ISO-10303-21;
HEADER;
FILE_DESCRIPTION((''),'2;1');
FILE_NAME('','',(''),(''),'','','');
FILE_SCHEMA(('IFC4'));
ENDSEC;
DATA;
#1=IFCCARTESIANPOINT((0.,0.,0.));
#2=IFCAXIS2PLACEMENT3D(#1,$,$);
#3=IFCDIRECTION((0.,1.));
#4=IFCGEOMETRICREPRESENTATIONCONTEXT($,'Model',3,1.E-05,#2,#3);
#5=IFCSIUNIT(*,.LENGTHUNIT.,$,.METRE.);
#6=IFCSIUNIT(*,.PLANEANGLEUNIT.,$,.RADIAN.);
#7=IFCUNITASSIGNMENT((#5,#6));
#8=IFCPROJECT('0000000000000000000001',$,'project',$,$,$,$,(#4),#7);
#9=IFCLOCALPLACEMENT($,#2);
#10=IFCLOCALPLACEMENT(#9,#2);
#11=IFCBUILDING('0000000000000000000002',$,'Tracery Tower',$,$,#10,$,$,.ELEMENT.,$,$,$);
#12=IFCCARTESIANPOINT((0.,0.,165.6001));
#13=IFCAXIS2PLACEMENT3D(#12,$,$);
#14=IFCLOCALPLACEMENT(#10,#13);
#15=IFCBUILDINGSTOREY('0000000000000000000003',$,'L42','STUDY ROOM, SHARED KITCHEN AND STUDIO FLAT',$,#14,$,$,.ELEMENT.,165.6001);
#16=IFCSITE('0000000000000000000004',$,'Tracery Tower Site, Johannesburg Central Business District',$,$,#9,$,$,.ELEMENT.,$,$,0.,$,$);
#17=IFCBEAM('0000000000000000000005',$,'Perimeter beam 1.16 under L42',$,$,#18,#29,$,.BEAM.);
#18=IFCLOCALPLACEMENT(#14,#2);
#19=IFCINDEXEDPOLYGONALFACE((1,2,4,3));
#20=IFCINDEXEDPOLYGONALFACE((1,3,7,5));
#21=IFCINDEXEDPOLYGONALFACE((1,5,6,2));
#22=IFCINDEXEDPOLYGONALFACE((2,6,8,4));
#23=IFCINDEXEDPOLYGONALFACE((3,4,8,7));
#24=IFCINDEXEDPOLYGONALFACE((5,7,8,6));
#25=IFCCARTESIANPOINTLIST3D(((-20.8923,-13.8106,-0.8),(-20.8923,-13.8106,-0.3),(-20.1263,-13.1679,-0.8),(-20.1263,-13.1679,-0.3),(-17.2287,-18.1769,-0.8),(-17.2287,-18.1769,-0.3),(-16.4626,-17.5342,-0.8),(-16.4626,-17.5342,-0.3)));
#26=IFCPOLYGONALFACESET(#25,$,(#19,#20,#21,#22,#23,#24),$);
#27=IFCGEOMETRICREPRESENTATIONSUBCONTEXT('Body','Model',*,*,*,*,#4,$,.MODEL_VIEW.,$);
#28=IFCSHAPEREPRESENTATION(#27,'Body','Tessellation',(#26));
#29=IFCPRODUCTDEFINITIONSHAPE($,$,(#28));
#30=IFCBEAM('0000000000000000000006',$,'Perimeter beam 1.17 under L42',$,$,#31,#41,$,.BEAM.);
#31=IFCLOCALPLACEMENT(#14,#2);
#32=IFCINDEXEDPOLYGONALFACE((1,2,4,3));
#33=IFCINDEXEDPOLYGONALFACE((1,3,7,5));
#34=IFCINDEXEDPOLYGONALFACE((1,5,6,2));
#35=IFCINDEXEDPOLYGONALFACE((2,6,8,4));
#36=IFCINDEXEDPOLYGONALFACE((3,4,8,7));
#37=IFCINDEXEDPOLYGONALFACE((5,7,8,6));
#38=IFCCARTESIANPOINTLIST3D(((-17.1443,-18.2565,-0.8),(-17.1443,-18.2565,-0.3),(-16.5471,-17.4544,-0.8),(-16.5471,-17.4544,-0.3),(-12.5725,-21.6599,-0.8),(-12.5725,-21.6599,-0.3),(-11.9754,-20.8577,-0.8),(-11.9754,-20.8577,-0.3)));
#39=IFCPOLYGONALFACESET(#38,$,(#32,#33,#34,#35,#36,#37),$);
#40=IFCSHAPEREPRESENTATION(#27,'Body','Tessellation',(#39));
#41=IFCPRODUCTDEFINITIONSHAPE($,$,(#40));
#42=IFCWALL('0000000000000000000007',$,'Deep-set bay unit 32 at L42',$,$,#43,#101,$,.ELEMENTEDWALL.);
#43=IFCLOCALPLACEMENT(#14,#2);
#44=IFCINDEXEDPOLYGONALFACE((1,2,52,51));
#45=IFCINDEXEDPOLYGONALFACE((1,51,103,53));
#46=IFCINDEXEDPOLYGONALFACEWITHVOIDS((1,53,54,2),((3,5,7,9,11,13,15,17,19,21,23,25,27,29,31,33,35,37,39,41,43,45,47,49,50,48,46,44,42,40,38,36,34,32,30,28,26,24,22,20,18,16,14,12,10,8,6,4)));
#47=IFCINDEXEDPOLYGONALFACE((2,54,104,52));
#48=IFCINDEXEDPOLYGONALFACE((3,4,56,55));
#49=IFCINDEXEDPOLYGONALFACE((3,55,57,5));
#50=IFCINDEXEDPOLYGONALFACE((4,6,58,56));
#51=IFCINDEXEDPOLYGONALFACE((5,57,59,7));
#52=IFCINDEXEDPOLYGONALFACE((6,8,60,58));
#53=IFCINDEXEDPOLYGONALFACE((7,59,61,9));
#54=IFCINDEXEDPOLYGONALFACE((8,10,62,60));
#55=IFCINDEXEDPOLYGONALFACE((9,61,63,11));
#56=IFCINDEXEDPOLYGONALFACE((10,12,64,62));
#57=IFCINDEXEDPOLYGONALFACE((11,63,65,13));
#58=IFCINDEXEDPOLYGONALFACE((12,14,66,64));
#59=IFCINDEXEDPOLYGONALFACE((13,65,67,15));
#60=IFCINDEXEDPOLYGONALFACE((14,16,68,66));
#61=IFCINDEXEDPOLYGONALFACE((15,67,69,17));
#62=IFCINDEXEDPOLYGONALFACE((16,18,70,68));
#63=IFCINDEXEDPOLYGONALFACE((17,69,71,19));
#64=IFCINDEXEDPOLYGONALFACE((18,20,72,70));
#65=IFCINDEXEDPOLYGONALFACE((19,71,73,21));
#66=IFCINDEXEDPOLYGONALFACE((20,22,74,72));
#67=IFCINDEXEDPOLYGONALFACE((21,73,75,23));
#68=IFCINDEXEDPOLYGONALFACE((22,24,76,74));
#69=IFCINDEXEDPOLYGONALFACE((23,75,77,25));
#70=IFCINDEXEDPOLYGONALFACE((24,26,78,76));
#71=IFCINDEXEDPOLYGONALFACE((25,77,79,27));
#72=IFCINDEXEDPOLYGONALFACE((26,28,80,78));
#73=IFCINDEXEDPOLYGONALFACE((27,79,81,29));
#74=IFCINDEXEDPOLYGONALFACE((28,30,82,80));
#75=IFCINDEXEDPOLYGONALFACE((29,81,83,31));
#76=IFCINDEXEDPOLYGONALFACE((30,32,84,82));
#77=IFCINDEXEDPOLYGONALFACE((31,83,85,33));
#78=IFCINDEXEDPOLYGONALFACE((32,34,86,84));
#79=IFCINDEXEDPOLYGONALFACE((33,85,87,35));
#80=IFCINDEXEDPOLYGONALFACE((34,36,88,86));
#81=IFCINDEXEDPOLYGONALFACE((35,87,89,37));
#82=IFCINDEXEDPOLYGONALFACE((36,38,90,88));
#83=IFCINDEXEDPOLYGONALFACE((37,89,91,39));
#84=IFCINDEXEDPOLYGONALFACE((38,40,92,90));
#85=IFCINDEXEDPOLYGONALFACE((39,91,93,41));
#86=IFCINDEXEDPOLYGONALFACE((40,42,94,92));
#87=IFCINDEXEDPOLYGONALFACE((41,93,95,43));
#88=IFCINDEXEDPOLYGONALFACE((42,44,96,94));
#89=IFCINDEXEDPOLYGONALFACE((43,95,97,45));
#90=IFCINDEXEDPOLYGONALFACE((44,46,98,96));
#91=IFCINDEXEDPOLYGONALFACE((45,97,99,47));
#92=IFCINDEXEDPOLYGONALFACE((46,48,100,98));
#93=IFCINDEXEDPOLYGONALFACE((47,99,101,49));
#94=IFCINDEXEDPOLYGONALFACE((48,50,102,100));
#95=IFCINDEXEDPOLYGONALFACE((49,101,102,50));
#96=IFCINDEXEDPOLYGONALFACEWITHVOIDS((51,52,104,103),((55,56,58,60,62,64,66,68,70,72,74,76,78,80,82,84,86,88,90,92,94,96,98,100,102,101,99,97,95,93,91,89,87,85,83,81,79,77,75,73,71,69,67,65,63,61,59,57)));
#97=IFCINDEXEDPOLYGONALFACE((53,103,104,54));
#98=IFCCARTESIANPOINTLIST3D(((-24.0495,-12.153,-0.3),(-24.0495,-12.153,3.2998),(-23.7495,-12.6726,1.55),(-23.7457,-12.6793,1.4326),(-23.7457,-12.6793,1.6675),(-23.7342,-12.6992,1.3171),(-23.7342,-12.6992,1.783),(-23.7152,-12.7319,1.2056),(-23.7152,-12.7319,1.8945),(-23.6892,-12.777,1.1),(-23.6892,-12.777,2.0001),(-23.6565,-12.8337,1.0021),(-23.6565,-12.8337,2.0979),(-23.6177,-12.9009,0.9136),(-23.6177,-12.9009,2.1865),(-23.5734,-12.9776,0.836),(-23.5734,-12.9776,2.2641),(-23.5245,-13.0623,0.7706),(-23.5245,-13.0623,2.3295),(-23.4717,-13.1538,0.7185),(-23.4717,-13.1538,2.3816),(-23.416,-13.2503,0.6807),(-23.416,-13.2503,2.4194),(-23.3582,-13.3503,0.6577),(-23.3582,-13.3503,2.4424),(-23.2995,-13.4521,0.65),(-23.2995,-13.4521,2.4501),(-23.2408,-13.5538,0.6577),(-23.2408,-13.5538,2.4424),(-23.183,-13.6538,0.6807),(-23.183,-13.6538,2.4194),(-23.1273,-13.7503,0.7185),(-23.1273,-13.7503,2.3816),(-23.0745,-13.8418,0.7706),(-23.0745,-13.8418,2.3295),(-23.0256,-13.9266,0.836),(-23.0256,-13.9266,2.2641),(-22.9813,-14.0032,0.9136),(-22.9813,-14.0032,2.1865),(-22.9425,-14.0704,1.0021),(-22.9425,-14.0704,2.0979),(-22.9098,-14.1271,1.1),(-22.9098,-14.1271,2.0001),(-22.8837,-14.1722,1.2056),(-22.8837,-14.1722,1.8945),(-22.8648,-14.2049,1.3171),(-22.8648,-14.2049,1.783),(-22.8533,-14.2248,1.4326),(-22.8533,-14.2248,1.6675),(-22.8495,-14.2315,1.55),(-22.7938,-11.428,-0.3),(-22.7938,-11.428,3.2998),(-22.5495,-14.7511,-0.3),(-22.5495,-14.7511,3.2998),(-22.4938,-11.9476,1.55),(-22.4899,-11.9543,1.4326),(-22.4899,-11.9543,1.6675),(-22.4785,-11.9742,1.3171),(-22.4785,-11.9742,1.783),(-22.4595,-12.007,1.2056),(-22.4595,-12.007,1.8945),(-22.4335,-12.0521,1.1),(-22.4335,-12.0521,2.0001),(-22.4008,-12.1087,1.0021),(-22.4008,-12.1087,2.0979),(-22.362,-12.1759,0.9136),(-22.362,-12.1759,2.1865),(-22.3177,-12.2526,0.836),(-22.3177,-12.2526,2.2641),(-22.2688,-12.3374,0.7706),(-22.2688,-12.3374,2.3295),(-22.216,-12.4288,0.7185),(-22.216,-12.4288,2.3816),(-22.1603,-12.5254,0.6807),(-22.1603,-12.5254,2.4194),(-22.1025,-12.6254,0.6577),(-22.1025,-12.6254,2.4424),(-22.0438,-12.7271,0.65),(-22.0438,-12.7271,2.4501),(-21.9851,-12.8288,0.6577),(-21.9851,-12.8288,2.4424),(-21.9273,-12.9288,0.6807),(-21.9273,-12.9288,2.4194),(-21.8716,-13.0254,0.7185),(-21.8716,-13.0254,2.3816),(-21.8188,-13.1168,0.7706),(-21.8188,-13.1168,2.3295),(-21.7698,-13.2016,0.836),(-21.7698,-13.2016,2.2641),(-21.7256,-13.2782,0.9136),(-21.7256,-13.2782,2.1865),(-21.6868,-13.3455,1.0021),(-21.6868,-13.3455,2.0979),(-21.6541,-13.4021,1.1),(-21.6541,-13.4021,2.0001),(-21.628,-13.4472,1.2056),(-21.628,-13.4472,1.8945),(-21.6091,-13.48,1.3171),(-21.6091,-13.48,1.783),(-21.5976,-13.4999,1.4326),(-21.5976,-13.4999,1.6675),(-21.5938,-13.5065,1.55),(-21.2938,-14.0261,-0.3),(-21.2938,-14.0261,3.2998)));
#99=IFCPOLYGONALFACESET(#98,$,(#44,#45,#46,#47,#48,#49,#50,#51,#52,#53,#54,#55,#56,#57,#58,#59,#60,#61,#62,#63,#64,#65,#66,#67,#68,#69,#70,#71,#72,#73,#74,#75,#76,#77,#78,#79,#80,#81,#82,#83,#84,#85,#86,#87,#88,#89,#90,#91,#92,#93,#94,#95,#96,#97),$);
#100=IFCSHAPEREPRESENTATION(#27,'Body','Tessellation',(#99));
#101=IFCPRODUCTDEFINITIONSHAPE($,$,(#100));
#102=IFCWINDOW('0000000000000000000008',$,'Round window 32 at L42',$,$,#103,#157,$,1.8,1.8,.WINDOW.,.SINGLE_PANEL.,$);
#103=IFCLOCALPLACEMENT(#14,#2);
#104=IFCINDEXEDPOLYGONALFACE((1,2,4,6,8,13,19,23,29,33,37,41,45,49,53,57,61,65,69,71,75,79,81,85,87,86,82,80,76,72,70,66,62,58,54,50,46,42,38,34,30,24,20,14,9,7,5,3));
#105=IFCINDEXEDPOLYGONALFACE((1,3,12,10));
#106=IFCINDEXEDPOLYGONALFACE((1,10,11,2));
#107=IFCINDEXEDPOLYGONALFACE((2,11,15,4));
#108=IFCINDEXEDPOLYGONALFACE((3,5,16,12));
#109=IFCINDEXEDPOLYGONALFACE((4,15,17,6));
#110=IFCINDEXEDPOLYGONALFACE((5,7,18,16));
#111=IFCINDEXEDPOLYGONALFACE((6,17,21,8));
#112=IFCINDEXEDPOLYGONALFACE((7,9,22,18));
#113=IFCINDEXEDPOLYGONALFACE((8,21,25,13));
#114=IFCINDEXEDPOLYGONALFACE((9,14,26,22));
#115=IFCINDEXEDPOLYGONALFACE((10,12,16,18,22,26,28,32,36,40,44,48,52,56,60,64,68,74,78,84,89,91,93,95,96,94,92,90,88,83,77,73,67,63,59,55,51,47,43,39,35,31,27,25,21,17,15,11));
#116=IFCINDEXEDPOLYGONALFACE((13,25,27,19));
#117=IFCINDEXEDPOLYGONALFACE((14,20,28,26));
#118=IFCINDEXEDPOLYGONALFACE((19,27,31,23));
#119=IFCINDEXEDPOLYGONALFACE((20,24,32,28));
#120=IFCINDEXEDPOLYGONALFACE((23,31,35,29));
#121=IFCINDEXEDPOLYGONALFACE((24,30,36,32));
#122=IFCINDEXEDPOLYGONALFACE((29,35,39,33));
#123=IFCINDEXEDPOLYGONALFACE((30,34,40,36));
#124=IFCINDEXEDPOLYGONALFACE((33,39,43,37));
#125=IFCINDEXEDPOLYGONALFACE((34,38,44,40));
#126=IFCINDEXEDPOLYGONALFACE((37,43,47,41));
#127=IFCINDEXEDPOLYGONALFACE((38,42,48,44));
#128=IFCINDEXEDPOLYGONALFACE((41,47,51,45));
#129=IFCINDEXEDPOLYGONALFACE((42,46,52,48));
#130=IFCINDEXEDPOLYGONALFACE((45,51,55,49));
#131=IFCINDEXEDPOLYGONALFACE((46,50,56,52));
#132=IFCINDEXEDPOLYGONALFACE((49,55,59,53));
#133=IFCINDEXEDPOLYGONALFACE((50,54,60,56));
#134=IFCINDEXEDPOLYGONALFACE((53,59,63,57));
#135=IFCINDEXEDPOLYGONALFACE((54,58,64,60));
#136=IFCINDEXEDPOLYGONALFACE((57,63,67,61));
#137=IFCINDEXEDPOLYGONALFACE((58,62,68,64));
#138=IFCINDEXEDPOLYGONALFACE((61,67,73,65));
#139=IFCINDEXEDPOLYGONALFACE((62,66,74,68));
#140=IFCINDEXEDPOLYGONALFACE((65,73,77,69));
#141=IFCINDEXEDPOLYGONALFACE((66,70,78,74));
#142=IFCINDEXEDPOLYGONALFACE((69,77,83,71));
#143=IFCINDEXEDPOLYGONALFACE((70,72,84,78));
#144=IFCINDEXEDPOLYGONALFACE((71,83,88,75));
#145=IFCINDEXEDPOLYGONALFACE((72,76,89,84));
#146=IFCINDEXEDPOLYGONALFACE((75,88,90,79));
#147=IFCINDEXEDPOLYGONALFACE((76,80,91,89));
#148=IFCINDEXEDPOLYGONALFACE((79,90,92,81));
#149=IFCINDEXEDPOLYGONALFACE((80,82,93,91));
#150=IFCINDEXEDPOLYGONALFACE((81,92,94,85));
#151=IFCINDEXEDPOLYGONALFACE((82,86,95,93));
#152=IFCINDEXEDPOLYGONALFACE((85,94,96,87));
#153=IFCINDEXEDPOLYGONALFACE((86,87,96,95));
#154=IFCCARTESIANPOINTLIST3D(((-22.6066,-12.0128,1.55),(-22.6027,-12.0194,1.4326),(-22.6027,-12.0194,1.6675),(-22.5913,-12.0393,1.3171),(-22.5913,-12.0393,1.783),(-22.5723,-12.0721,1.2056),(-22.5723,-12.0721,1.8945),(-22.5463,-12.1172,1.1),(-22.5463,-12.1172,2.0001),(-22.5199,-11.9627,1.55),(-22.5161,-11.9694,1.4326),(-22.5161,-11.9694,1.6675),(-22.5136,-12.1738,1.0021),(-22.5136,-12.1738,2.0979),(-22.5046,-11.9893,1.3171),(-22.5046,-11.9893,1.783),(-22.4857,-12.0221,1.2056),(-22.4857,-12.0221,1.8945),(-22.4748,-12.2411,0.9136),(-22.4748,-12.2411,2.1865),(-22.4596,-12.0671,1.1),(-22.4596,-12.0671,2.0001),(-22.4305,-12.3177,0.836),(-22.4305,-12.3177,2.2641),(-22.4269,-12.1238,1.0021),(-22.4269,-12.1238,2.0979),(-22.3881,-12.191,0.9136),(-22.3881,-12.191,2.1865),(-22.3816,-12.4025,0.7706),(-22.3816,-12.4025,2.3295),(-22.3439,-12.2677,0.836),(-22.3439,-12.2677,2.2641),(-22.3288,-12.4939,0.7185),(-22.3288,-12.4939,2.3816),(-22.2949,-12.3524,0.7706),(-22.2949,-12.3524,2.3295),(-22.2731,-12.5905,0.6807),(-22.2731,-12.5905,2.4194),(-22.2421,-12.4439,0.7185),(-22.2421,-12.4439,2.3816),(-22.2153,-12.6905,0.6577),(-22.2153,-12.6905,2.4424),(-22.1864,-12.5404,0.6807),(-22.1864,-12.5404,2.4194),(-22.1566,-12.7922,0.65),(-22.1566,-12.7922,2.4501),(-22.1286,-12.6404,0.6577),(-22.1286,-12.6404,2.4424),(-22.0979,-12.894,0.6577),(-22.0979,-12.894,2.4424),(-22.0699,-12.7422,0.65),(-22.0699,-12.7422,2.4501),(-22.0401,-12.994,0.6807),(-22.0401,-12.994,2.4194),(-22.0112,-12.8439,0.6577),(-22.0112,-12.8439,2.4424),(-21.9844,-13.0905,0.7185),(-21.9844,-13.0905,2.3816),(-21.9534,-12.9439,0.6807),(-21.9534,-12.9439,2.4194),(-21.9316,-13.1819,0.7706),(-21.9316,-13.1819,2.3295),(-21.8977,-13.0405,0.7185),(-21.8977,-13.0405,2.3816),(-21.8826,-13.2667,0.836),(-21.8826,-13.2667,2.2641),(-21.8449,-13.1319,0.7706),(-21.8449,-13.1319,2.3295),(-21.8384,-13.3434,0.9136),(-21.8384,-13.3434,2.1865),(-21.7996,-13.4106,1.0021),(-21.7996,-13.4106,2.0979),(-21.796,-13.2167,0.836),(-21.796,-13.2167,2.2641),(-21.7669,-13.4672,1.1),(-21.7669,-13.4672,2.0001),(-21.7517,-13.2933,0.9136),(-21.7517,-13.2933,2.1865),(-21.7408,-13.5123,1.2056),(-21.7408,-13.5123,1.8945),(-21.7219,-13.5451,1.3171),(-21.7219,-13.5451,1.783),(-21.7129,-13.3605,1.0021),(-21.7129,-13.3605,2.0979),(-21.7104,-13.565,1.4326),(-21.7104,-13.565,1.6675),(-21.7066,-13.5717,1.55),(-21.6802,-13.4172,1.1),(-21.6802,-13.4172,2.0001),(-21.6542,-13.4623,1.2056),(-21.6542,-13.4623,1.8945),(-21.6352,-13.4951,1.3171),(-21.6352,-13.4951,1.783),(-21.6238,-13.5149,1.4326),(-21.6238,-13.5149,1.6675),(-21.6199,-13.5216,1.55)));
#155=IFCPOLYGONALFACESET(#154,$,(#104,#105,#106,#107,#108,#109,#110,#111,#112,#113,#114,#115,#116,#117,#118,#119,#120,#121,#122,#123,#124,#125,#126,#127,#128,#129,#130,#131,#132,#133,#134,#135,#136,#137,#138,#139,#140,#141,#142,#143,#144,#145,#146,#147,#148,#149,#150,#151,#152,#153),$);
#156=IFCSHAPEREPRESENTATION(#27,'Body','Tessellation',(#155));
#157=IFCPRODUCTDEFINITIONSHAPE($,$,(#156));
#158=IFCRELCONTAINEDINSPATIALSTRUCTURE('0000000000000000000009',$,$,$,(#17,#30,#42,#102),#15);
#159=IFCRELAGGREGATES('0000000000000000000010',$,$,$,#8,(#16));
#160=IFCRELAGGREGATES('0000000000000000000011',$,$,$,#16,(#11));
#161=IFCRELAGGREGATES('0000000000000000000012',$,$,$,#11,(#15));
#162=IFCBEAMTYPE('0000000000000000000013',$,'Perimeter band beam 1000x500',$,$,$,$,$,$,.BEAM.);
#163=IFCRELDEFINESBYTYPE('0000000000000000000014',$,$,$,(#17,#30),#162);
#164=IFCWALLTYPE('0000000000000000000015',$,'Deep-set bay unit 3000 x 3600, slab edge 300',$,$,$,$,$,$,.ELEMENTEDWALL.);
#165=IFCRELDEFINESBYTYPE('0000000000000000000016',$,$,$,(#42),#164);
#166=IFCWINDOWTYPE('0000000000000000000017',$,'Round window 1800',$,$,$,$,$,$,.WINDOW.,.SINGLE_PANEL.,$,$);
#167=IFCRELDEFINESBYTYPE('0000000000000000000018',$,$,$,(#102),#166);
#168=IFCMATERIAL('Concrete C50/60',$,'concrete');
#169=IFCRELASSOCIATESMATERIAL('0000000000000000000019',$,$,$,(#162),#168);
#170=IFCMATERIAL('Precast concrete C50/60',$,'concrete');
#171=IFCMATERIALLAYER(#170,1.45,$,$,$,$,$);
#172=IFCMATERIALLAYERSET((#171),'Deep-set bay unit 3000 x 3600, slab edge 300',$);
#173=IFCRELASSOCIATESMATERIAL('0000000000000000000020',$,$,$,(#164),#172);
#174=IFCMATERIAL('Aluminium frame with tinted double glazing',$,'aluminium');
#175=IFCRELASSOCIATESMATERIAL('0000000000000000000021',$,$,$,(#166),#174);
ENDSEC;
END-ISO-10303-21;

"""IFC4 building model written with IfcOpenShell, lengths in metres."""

from ifc_helpers import new_model, si_unit, direction, frame, frame_2d, origin, origin_2d, place, context, subcontext, project, spatial, rectangle, circle, extrude, material, layer, layer_set, material_profile, profile_set, type_object, element, fill, save


model = new_model("IFC4")

# Units and contexts
model_context = context("Model", 3, precision=1e-05, world=origin(), true_north=direction((0.0, 1.0)))
body_context = subcontext(model_context, "Body", "Model", "MODEL_VIEW")
ifc_project = project(units=[si_unit("LENGTHUNIT", "METRE"), si_unit("PLANEANGLEUNIT", "RADIAN")], contexts=[model_context])

# Site, building, storey
site_placement = place(None, origin())
site = spatial("IfcSite", under=ifc_project, at=site_placement, Name="Tracery Tower Site, Johannesburg Central Business District", CompositionType="ELEMENT", RefElevation=0.0)
building_placement = place(site_placement, origin())
building = spatial("IfcBuilding", under=site, at=building_placement, Name="Tracery Tower", CompositionType="ELEMENT")
storey_placement = place(building_placement, frame((0.0, 0.0, 165.6001)))
storey = spatial("IfcBuildingStorey", under=building, at=storey_placement, Name="L42", Description="STUDY ROOM, SHARED KITCHEN AND STUDIO FLAT", CompositionType="ELEMENT", Elevation=165.6001)

# Beams
ifc_material_1 = material(Name="Concrete C50/60", Category="concrete")
ifc_material_profile_1 = material_profile(ifc_material_1, rectangle(XDim=1.0, YDim=0.5, at=origin_2d()), Name="RC 1000x500")
ifc_profile_set_1 = profile_set([ifc_material_profile_1], Name="Concrete C50/60")
beam_type = type_object("IfcBeamType", Name="Perimeter band beam 1000x500", PredefinedType="BEAM", material=ifc_profile_set_1)
beam_1_placement = place(storey_placement, frame((-20.5093, -13.4893, -0.55), z_axis=(0.642776, -0.766054, 0.0), x_axis=(0.766054, 0.642776, 0.0)))
element("IfcBeam", 1, at=beam_1_placement, inside=storey, type_object=beam_type, Name="Perimeter beam 1.16 under L42", PredefinedType="BEAM", context=body_context, shape_type="SweptSolid", body=[
    extrude(rectangle(XDim=1.0, YDim=0.5, at=origin_2d()), origin(), (0.0, 0.0, 1.0), 5.6997),
])
beam_2_placement = place(storey_placement, frame((-16.8457, -17.8555, -0.55), z_axis=(0.802144, -0.597131, 0.0), x_axis=(0.597131, 0.802144, 0.0)))
element("IfcBeam", 2, at=beam_2_placement, inside=storey, type_object=beam_type, Name="Perimeter beam 1.17 under L42", PredefinedType="BEAM", context=body_context, shape_type="SweptSolid", body=[
    extrude(rectangle(XDim=1.0, YDim=0.5, at=origin_2d()), origin(), (0.0, 0.0, 1.0), 5.6995),
])

# Wall, opening, window
ifc_material_2 = material(Name="Precast concrete C50/60", Category="concrete")
ifc_layer_1 = layer(ifc_material_2, 1.45)
ifc_layer_set_1 = layer_set([ifc_layer_1], Name="Deep-set bay unit 3000 x 3600, slab edge 300")
wall_type_1 = type_object("IfcWallType", Name="Deep-set bay unit 3000 x 3600, slab edge 300", PredefinedType="ELEMENTEDWALL", material=ifc_layer_set_1)
wall_1_placement = place(storey_placement, frame((-23.4216, -11.7905, -0.3), z_axis=(0.0, 0.0, 1.0), x_axis=(0.49999, -0.866031, 0.0)))
wall_1 = element("IfcWall", 3, at=wall_1_placement, inside=storey, type_object=wall_type_1, Name="Deep-set bay unit 32 at L42", PredefinedType="ELEMENTEDWALL", context=body_context, shape_type="SweptSolid", body=[
    extrude(rectangle(XDim=3.0, YDim=1.45, at=frame_2d((1.5, 0.0))), origin(), (0.0, 0.0, 1.0), 3.5999),
])
opening_1_placement = place(wall_1_placement, frame((1.5, 0.0, 1.8501)))
opening_1 = element("IfcOpeningElement", 4, at=opening_1_placement, cuts=wall_1, PredefinedType="OPENING", context=body_context, shape_type="SweptSolid", body=[
    extrude(circle(Radius=0.9, at=origin_2d()), frame((0.0, 0.7349, 0.0), z_axis=(0.0, -1.0, 0.0), x_axis=(1.0, 0.0, 0.0)), (0.0, 0.0, 1.0), 1.47),
])
ifc_material_3 = material(Name="Aluminium frame with tinted double glazing", Category="aluminium")
window_type = type_object("IfcWindowType", Name="Round window 1800", PartitioningType="SINGLE_PANEL", PredefinedType="WINDOW", material=ifc_material_3)
window_1_placement = place(opening_1_placement, origin())
window_1 = element("IfcWindow", 5, at=window_1_placement, inside=storey, type_object=window_type, Name="Round window 32 at L42", OverallHeight=1.8, OverallWidth=1.8, PartitioningType="SINGLE_PANEL", PredefinedType="WINDOW", context=body_context, shape_type="SweptSolid", body=[
    extrude(circle(Radius=0.9, at=origin_2d()), frame((0.0, 0.6948, 0.0), z_axis=(0.0, -1.0, 0.0), x_axis=(1.0, 0.0, 0.0)), (0.0, 0.0, 1.0), 0.1001),
])
fill(opening_1, window_1)

save(model, "model.ifc")
